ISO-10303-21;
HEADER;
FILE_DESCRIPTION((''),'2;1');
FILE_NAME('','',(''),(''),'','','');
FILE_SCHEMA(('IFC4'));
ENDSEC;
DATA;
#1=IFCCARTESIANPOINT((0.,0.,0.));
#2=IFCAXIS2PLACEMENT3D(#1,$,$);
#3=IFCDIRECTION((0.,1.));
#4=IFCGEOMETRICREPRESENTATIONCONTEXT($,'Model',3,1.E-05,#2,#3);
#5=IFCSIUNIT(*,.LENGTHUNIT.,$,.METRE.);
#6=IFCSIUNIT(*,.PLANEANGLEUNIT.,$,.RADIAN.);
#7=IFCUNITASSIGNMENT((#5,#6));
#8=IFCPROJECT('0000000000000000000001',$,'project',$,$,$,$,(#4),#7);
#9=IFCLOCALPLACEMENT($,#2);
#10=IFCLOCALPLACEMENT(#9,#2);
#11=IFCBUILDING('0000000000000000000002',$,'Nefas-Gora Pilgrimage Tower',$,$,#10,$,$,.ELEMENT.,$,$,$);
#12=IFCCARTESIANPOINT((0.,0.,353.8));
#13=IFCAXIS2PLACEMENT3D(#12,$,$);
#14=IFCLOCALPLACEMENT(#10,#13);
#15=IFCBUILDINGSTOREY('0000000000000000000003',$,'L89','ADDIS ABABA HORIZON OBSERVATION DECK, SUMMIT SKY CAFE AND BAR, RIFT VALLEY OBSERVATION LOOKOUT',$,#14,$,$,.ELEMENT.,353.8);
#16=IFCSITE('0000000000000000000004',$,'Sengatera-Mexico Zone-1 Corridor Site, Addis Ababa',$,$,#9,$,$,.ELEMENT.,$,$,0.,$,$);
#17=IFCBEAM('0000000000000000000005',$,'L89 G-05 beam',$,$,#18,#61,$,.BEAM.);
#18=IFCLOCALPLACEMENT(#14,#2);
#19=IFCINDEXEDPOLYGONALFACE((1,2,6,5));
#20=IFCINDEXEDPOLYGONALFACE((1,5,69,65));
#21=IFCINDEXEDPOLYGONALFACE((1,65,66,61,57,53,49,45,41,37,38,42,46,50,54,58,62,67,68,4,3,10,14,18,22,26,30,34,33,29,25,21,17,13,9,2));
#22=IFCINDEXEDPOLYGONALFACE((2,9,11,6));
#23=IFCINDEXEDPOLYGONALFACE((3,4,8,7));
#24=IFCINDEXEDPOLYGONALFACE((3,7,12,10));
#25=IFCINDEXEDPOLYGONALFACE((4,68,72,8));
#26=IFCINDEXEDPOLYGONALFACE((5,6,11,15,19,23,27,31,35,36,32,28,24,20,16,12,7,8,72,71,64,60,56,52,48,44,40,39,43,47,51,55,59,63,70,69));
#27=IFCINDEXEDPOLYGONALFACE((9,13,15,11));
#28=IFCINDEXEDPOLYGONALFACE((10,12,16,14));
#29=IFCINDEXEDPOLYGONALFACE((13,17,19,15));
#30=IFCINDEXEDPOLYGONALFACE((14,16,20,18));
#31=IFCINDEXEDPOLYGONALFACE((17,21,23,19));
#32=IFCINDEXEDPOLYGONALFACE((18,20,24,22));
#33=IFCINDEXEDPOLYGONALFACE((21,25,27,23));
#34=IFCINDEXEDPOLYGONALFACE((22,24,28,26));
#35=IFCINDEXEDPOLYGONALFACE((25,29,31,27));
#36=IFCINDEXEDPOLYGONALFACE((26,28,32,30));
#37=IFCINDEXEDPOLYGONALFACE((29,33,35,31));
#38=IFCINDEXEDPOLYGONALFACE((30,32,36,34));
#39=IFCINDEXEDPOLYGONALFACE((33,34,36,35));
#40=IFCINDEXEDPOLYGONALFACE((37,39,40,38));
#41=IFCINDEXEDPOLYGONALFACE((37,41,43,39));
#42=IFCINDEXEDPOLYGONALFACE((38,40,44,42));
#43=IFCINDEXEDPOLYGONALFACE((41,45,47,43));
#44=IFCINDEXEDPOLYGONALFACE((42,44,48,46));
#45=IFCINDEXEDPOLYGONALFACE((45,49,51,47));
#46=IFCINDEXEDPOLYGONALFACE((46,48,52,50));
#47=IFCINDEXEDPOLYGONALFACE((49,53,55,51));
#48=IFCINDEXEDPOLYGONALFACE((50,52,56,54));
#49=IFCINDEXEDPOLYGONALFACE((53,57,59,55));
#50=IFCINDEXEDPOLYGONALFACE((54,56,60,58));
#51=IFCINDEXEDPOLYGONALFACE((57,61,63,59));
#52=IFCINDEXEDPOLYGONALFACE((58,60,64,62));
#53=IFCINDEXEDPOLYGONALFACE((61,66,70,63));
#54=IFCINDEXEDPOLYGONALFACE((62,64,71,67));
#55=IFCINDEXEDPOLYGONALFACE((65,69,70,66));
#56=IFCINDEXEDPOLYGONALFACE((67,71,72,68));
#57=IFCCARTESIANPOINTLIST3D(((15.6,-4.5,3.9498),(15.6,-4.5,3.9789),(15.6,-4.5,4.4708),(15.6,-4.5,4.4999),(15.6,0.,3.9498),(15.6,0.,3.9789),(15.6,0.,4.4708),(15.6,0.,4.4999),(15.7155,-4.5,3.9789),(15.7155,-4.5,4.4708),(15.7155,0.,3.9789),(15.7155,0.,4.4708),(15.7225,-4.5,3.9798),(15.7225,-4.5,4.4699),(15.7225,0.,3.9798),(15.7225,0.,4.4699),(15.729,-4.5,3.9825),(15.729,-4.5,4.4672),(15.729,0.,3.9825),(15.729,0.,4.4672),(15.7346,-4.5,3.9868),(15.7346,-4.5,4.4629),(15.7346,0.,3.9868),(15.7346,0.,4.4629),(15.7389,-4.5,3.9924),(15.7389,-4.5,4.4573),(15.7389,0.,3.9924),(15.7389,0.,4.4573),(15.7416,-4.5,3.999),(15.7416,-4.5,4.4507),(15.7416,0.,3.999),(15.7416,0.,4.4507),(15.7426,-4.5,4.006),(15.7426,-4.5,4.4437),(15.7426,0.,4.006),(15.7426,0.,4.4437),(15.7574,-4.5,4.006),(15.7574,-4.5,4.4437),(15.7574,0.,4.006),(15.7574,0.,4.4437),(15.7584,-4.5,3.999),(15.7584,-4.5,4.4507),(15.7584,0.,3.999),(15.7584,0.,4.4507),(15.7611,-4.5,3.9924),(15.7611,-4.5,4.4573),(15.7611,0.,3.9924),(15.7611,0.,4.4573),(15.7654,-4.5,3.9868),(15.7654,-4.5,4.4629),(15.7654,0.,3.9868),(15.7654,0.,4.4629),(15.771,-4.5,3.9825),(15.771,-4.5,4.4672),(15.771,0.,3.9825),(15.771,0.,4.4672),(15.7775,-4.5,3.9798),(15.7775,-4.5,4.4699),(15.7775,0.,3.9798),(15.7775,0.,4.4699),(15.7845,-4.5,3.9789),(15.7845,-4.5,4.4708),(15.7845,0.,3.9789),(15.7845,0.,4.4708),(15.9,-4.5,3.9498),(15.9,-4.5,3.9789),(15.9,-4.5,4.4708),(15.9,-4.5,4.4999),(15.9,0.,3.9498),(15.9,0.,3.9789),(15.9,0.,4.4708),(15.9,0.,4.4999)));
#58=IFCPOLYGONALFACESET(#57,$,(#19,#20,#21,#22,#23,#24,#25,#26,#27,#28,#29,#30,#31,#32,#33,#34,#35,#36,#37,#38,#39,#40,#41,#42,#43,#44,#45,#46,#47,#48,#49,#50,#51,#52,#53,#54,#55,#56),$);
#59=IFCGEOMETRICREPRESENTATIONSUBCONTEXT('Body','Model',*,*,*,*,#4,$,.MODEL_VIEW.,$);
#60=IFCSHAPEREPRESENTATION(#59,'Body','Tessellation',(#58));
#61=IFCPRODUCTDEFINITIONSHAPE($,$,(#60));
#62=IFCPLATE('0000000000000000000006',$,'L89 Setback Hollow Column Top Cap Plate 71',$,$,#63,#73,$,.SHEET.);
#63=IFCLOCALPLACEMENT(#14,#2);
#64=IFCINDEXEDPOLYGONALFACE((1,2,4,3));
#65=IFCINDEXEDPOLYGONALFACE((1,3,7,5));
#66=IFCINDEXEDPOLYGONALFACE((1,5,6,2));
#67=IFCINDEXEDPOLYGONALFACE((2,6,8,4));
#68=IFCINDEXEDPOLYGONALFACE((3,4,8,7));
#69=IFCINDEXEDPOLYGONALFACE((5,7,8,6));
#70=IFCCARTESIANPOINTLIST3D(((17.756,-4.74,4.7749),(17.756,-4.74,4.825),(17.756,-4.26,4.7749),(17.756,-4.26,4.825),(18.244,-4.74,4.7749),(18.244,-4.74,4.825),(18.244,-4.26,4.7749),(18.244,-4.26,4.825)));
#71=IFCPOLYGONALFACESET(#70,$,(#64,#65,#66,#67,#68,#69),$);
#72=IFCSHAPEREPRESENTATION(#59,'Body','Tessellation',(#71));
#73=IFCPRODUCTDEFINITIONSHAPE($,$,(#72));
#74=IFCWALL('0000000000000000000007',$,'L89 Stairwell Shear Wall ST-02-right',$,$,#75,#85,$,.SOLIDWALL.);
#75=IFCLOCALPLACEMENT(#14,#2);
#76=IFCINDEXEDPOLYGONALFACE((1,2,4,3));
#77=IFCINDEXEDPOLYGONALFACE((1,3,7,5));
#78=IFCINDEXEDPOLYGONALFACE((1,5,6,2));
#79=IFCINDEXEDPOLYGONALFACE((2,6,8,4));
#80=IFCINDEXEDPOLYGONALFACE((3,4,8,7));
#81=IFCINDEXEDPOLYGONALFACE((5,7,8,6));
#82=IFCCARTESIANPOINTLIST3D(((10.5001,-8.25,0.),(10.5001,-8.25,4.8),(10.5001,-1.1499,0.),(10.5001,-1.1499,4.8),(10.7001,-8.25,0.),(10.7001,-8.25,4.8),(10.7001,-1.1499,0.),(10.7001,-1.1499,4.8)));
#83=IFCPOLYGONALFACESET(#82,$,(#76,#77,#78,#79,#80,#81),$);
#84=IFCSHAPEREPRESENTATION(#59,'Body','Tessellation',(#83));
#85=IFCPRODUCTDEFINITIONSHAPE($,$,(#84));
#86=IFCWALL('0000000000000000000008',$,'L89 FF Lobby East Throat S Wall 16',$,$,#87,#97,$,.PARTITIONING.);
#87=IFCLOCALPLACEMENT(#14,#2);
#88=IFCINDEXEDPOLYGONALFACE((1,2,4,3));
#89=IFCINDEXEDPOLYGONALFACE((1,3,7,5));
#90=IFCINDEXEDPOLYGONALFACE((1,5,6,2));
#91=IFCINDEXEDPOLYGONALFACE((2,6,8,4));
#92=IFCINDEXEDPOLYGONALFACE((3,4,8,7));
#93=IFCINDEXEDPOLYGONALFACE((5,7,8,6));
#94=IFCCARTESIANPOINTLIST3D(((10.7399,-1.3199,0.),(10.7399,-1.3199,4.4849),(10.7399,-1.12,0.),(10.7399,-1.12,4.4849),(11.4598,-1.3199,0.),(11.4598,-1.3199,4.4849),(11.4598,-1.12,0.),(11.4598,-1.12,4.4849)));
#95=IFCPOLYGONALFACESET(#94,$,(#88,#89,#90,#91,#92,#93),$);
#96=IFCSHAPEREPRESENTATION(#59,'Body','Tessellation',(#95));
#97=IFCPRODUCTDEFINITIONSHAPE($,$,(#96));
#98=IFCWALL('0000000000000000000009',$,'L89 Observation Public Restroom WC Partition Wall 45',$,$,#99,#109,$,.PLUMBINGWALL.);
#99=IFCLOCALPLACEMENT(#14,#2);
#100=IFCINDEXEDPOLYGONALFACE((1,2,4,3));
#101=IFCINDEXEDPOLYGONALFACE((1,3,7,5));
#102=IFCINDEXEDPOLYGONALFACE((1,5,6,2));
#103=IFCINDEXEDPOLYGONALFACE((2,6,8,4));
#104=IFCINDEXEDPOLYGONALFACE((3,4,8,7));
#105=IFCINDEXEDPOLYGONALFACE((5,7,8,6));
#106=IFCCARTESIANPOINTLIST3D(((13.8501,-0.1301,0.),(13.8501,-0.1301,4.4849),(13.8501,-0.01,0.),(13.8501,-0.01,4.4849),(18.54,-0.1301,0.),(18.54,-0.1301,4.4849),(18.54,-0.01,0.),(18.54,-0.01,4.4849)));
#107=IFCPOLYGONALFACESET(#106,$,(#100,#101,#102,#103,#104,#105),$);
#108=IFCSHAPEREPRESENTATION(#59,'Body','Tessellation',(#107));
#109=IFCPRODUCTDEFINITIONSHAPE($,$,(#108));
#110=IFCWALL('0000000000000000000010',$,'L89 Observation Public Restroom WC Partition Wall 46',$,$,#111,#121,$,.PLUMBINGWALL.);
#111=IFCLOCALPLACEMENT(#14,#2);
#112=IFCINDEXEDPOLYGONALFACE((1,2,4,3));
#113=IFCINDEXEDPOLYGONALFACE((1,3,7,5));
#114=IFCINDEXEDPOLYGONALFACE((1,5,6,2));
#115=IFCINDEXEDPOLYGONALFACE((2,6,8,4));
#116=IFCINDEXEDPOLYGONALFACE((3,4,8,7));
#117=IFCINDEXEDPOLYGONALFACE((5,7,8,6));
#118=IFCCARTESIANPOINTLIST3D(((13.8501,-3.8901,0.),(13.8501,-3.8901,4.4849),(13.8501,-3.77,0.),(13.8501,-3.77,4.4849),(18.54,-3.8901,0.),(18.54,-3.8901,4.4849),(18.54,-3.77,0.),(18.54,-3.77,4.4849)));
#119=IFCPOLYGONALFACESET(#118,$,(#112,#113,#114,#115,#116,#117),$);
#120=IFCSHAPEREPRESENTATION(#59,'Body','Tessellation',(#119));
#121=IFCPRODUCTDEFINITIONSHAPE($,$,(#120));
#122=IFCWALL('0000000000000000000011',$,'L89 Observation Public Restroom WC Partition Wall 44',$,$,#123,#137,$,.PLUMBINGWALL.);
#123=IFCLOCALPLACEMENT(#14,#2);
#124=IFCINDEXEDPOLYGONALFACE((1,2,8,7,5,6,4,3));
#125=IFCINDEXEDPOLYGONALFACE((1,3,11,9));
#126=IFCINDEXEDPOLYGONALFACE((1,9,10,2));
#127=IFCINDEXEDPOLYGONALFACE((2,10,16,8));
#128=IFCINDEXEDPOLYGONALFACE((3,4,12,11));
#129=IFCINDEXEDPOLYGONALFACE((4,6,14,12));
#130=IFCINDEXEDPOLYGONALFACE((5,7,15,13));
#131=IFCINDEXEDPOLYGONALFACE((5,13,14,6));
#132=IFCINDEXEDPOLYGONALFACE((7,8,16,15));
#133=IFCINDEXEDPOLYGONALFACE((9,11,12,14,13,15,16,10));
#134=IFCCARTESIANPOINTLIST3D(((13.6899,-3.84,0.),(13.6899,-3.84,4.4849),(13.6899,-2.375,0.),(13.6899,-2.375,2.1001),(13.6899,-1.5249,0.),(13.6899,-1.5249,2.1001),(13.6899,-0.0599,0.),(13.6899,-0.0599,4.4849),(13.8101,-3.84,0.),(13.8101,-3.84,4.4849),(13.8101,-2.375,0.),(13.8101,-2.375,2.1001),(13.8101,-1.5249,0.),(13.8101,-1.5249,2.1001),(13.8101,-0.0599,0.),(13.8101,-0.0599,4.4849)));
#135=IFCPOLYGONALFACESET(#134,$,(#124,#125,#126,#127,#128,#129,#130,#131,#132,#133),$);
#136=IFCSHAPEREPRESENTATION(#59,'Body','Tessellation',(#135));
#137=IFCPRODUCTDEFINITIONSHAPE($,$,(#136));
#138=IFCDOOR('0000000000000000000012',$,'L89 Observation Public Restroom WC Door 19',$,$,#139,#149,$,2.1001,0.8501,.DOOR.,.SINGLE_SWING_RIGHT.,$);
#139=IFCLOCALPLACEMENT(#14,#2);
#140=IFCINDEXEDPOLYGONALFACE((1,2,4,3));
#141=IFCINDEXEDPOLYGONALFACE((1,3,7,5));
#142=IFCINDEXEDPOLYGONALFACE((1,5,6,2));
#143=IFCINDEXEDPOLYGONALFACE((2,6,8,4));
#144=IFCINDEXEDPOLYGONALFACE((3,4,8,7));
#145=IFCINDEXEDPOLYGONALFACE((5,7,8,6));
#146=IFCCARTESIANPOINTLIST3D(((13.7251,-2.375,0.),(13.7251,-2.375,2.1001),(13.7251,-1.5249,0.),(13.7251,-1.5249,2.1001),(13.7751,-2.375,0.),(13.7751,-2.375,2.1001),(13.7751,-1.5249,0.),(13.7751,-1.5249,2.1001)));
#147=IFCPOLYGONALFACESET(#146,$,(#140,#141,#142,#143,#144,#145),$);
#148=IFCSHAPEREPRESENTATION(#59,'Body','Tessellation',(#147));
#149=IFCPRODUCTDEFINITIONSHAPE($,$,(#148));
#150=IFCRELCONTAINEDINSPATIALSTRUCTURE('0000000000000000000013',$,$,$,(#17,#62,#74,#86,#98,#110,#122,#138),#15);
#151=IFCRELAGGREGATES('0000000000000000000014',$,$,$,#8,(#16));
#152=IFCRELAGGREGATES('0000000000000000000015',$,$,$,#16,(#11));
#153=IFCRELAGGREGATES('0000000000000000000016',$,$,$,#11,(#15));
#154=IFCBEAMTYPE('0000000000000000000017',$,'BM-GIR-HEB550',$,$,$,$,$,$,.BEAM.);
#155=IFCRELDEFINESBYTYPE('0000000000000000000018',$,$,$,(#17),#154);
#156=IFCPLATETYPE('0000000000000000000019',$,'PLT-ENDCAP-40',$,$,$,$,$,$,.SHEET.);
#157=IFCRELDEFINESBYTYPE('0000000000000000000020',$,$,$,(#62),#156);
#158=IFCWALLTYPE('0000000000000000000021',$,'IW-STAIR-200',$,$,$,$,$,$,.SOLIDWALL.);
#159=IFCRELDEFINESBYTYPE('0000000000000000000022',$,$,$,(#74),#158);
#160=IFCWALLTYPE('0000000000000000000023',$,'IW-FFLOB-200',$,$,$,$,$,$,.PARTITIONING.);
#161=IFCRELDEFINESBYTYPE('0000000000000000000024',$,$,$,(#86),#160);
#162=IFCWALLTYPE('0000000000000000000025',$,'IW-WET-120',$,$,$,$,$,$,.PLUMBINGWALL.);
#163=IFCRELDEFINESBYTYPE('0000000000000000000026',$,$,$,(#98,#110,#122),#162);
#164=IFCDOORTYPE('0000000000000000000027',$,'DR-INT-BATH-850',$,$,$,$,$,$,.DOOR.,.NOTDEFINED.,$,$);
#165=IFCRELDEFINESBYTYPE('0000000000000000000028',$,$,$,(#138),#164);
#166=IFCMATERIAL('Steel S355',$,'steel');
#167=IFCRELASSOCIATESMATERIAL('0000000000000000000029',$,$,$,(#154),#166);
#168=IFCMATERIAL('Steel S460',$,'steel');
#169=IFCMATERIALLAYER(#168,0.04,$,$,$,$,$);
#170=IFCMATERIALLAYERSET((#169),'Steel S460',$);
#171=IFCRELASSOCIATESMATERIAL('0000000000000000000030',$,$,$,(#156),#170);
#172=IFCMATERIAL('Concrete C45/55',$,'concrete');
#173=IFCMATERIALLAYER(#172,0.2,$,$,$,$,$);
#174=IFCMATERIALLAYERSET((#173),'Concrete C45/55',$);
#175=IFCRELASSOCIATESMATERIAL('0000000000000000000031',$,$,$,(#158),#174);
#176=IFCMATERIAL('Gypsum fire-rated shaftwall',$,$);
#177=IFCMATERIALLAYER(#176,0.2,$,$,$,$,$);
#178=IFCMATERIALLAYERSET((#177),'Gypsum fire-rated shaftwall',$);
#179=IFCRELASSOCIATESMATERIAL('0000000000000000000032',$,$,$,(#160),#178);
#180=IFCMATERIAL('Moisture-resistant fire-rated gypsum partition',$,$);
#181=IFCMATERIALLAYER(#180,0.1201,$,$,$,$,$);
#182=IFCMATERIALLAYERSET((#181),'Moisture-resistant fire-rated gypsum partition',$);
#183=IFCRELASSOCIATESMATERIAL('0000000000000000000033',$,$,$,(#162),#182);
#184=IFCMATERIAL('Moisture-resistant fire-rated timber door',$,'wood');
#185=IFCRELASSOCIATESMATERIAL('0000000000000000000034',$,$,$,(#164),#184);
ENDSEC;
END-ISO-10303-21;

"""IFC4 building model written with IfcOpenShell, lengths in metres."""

from ifc_helpers import new_model, si_unit, direction, frame, frame_2d, origin, origin_2d, place, context, subcontext, project, spatial, rectangle, i_section, extrude, source, transform, mapped, material, layer, layer_set, material_profile, profile_set, type_object, element, fill, save


model = new_model("IFC4")

# Units and contexts
model_context = context("Model", 3, precision=1e-05, world=origin(), true_north=direction((0.0, 1.0)))
body_context = subcontext(model_context, "Body", "Model", "MODEL_VIEW")
ifc_project = project(units=[si_unit("LENGTHUNIT", "METRE"), si_unit("PLANEANGLEUNIT", "RADIAN")], contexts=[model_context])

# Site, building, storey
site_placement = place(None, origin())
site = spatial("IfcSite", under=ifc_project, at=site_placement, Name="Sengatera-Mexico Zone-1 Corridor Site, Addis Ababa", CompositionType="ELEMENT", RefElevation=0.0)
building_placement = place(site_placement, origin())
building = spatial("IfcBuilding", under=site, at=building_placement, Name="Nefas-Gora Pilgrimage Tower", CompositionType="ELEMENT")
storey_placement = place(building_placement, frame((0.0, 0.0, 353.8)))
storey = spatial("IfcBuildingStorey", under=building, at=storey_placement, Name="L89", Description="ADDIS ABABA HORIZON OBSERVATION DECK, SUMMIT SKY CAFE AND BAR, RIFT VALLEY OBSERVATION LOOKOUT", CompositionType="ELEMENT", Elevation=353.8)

# Shared definitions
ifc_material_1 = material(Name="Steel S355", Category="steel")

# Beam
ifc_material_profile_1 = material_profile(ifc_material_1, i_section(OverallWidth=0.3, OverallDepth=0.55, WebThickness=0.0149, FlangeThickness=0.0291, FilletRadius=0.0271, at=origin_2d()), Name="HEB 550")
ifc_profile_set_1 = profile_set([ifc_material_profile_1], Name="Steel S355")
beam_type_1 = type_object("IfcBeamType", Name="BM-GIR-HEB550", PredefinedType="BEAM", material=ifc_profile_set_1)
shared_shape_1 = source(origin(), body_context, "Body", "SweptSolid", [
    extrude(i_section(OverallWidth=0.3, OverallDepth=0.55, WebThickness=0.0149, FlangeThickness=0.0291, FilletRadius=0.0271, at=origin_2d()), origin(), (0.0, 0.0, 1.0), 4.5),
])
beam_1_placement = place(storey_placement, frame((15.75, -4.5, 4.2249), z_axis=(0.0, 1.0, 0.0), x_axis=(-1.0, 0.0, 0.0)))
element("IfcBeam", 1, at=beam_1_placement, inside=storey, type_object=beam_type_1, Name="L89 G-05 beam", PredefinedType="BEAM", context=body_context, shape_type="MappedRepresentation", body=[
    mapped(shared_shape_1, transform((0.0, 0.0, 0.0), x_axis=(1.0, 0.0, 0.0), y_axis=(0.0, 1.0, 0.0), z_axis=(0.0, 0.0, 1.0), scale=1.0)),
])

# Plate
ifc_material_2 = material(Name="Steel S460", Category="steel")
ifc_layer_1 = layer(ifc_material_2, 0.04)
ifc_layer_set_1 = layer_set([ifc_layer_1], Name="Steel S460")
plate_type = type_object("IfcPlateType", Name="PLT-ENDCAP-40", PredefinedType="SHEET", material=ifc_layer_set_1)
shared_shape_2 = source(origin(), body_context, "Body", "SweptSolid", [
    extrude(rectangle(XDim=0.488, YDim=0.48, at=origin_2d()), origin(), (0.0, 0.0, 1.0), 0.05),
])
plate_placement = place(storey_placement, frame((18.0, -4.5, 4.7749), z_axis=(0.0, 0.0, 1.0), x_axis=(1.0, 0.0, 0.0)))
element("IfcPlate", 2, at=plate_placement, inside=storey, type_object=plate_type, Name="L89 Setback Hollow Column Top Cap Plate 71", PredefinedType="SHEET", context=body_context, shape_type="MappedRepresentation", body=[
    mapped(shared_shape_2, transform((0.0, 0.0, 0.0), x_axis=(1.0, 0.0, 0.0), y_axis=(0.0, 1.0, 0.0), z_axis=(0.0, 0.0, 1.0), scale=1.0)),
])

# Wall
ifc_material_3 = material(Name="Concrete C45/55", Category="concrete")
ifc_layer_2 = layer(ifc_material_3, 0.2)
ifc_layer_set_2 = layer_set([ifc_layer_2], Name="Concrete C45/55")
wall_type_1 = type_object("IfcWallType", Name="IW-STAIR-200", PredefinedType="SOLIDWALL", material=ifc_layer_set_2)
shared_shape_3 = source(origin(), body_context, "Body", "SweptSolid", [
    extrude(rectangle(XDim=7.1001, YDim=0.2, at=frame_2d((3.55, 0.0))), origin(), (0.0, 0.0, 1.0), 4.8),
])
wall_1_placement = place(storey_placement, frame((10.6001, -1.1499, 0.0), z_axis=(0.0, 0.0, 1.0), x_axis=(0.0, -1.0, 0.0)))
element("IfcWall", 3, at=wall_1_placement, inside=storey, type_object=wall_type_1, Name="L89 Stairwell Shear Wall ST-02-right", PredefinedType="SOLIDWALL", context=body_context, shape_type="MappedRepresentation", body=[
    mapped(shared_shape_3, transform((0.0, 0.0, 0.0), x_axis=(1.0, 0.0, 0.0), y_axis=(0.0, 1.0, 0.0), z_axis=(0.0, 0.0, 1.0), scale=1.0)),
])

# Shared definitions
ifc_material_4 = material(Name="Gypsum fire-rated shaftwall")
ifc_layer_3 = layer(ifc_material_4, 0.2)
ifc_layer_set_3 = layer_set([ifc_layer_3], Name="Gypsum fire-rated shaftwall")
wall_type_2 = type_object("IfcWallType", Name="IW-FFLOB-200", PredefinedType="PARTITIONING", material=ifc_layer_set_3)

# Walls
shared_shape_4 = source(origin(), body_context, "Body", "SweptSolid", [
    extrude(rectangle(XDim=0.72, YDim=0.2, at=frame_2d((0.3599, 0.0))), origin(), (0.0, 0.0, 1.0), 4.4849),
])
wall_2_placement = place(storey_placement, frame((10.74, -1.22, 0.0), z_axis=(0.0, 0.0, 1.0), x_axis=(1.0, 0.0, 0.0)))
element("IfcWall", 4, at=wall_2_placement, inside=storey, type_object=wall_type_2, Name="L89 FF Lobby East Throat S Wall 16", PredefinedType="PARTITIONING", context=body_context, shape_type="MappedRepresentation", body=[
    mapped(shared_shape_4, transform((0.0, 0.0, 0.0), x_axis=(1.0, 0.0, 0.0), y_axis=(0.0, 1.0, 0.0), z_axis=(0.0, 0.0, 1.0), scale=1.0)),
])
ifc_material_5 = material(Name="Moisture-resistant fire-rated gypsum partition")
ifc_layer_4 = layer(ifc_material_5, 0.1201)
ifc_layer_set_4 = layer_set([ifc_layer_4], Name="Moisture-resistant fire-rated gypsum partition")
wall_type_3 = type_object("IfcWallType", Name="IW-WET-120", PredefinedType="PLUMBINGWALL", material=ifc_layer_set_4)
shared_shape_5 = source(origin(), body_context, "Body", "SweptSolid", [
    extrude(rectangle(XDim=4.6899, YDim=0.1201, at=frame_2d((2.345, 0.0))), origin(), (0.0, 0.0, 1.0), 4.4849),
])
for number, where, z_axis, x_axis, name in (
    (5, (13.8501, -0.0701, 0.0), (0.0, 0.0, 1.0), (1.0, 0.0, 0.0), "L89 Observation Public Restroom WC Partition Wall 45"),
    (6, (13.8501, -3.8301, 0.0), (0.0, 0.0, 1.0), (1.0, 0.0, 0.0), "L89 Observation Public Restroom WC Partition Wall 46"),
):
    element("IfcWall", number, at=place(storey_placement, frame(where, z_axis=z_axis, x_axis=x_axis)), inside=storey, type_object=wall_type_3, Name=name, PredefinedType="PLUMBINGWALL", context=body_context, shape_type="MappedRepresentation", body=[
        mapped(shared_shape_5, transform((0.0, 0.0, 0.0), x_axis=(1.0, 0.0, 0.0), y_axis=(0.0, 1.0, 0.0), z_axis=(0.0, 0.0, 1.0), scale=1.0)),
    ])

# Wall, opening, door
shared_shape_6 = source(origin(), body_context, "Body", "SweptSolid", [
    extrude(rectangle(XDim=3.78, YDim=0.1201, at=frame_2d((1.8901, 0.0))), origin(), (0.0, 0.0, 1.0), 4.4849),
])
wall_3_placement = place(storey_placement, frame((13.75, -3.8401, 0.0), z_axis=(0.0, 0.0, 1.0), x_axis=(0.0, 1.0, 0.0)))
wall_3 = element("IfcWall", 7, at=wall_3_placement, inside=storey, type_object=wall_type_3, Name="L89 Observation Public Restroom WC Partition Wall 44", PredefinedType="PLUMBINGWALL", context=body_context, shape_type="MappedRepresentation", body=[
    mapped(shared_shape_6, transform((0.0, 0.0, 0.0), x_axis=(1.0, 0.0, 0.0), y_axis=(0.0, 1.0, 0.0), z_axis=(0.0, 0.0, 1.0), scale=1.0)),
])
opening_1_placement = place(wall_3_placement, frame((1.4651, 0.0, 0.0)))
opening_1 = element("IfcOpeningElement", 8, at=opening_1_placement, cuts=wall_3, PredefinedType="OPENING", context=body_context, shape_type="SweptSolid", body=[
    extrude(rectangle(XDim=0.8501, YDim=2.1001, at=frame_2d((0.425, 1.05))), frame((0.0, 0.0701, 0.0), z_axis=(0.0, -1.0, 0.0), x_axis=(1.0, 0.0, 0.0)), (0.0, 0.0, 1.0), 0.1401),
])
ifc_material_6 = material(Name="Moisture-resistant fire-rated timber door", Category="wood")
door_type_1 = type_object("IfcDoorType", Name="DR-INT-BATH-850", OperationType="NOTDEFINED", PredefinedType="DOOR", material=ifc_material_6)
shared_shape_7 = source(origin(), body_context, "Body", "SweptSolid", [
    extrude(rectangle(XDim=0.8501, YDim=2.1001, at=frame_2d((0.425, 1.05))), frame((0.0, 0.0249, 0.0), z_axis=(0.0, -1.0, 0.0), x_axis=(1.0, 0.0, 0.0)), (0.0, 0.0, 1.0), 0.05),
])
door_1_placement = place(opening_1_placement, origin())
door_1 = element("IfcDoor", 9, at=door_1_placement, inside=storey, type_object=door_type_1, Name="L89 Observation Public Restroom WC Door 19", OperationType="SINGLE_SWING_RIGHT", OverallHeight=2.1001, OverallWidth=0.8501, PredefinedType="DOOR", context=body_context, shape_type="MappedRepresentation", body=[
    mapped(shared_shape_7, transform((0.0, 0.0, 0.0), x_axis=(1.0, 0.0, 0.0), y_axis=(0.0, 1.0, 0.0), z_axis=(0.0, 0.0, 1.0), scale=1.0)),
])
fill(opening_1, door_1)

save(model, "model.ifc")
